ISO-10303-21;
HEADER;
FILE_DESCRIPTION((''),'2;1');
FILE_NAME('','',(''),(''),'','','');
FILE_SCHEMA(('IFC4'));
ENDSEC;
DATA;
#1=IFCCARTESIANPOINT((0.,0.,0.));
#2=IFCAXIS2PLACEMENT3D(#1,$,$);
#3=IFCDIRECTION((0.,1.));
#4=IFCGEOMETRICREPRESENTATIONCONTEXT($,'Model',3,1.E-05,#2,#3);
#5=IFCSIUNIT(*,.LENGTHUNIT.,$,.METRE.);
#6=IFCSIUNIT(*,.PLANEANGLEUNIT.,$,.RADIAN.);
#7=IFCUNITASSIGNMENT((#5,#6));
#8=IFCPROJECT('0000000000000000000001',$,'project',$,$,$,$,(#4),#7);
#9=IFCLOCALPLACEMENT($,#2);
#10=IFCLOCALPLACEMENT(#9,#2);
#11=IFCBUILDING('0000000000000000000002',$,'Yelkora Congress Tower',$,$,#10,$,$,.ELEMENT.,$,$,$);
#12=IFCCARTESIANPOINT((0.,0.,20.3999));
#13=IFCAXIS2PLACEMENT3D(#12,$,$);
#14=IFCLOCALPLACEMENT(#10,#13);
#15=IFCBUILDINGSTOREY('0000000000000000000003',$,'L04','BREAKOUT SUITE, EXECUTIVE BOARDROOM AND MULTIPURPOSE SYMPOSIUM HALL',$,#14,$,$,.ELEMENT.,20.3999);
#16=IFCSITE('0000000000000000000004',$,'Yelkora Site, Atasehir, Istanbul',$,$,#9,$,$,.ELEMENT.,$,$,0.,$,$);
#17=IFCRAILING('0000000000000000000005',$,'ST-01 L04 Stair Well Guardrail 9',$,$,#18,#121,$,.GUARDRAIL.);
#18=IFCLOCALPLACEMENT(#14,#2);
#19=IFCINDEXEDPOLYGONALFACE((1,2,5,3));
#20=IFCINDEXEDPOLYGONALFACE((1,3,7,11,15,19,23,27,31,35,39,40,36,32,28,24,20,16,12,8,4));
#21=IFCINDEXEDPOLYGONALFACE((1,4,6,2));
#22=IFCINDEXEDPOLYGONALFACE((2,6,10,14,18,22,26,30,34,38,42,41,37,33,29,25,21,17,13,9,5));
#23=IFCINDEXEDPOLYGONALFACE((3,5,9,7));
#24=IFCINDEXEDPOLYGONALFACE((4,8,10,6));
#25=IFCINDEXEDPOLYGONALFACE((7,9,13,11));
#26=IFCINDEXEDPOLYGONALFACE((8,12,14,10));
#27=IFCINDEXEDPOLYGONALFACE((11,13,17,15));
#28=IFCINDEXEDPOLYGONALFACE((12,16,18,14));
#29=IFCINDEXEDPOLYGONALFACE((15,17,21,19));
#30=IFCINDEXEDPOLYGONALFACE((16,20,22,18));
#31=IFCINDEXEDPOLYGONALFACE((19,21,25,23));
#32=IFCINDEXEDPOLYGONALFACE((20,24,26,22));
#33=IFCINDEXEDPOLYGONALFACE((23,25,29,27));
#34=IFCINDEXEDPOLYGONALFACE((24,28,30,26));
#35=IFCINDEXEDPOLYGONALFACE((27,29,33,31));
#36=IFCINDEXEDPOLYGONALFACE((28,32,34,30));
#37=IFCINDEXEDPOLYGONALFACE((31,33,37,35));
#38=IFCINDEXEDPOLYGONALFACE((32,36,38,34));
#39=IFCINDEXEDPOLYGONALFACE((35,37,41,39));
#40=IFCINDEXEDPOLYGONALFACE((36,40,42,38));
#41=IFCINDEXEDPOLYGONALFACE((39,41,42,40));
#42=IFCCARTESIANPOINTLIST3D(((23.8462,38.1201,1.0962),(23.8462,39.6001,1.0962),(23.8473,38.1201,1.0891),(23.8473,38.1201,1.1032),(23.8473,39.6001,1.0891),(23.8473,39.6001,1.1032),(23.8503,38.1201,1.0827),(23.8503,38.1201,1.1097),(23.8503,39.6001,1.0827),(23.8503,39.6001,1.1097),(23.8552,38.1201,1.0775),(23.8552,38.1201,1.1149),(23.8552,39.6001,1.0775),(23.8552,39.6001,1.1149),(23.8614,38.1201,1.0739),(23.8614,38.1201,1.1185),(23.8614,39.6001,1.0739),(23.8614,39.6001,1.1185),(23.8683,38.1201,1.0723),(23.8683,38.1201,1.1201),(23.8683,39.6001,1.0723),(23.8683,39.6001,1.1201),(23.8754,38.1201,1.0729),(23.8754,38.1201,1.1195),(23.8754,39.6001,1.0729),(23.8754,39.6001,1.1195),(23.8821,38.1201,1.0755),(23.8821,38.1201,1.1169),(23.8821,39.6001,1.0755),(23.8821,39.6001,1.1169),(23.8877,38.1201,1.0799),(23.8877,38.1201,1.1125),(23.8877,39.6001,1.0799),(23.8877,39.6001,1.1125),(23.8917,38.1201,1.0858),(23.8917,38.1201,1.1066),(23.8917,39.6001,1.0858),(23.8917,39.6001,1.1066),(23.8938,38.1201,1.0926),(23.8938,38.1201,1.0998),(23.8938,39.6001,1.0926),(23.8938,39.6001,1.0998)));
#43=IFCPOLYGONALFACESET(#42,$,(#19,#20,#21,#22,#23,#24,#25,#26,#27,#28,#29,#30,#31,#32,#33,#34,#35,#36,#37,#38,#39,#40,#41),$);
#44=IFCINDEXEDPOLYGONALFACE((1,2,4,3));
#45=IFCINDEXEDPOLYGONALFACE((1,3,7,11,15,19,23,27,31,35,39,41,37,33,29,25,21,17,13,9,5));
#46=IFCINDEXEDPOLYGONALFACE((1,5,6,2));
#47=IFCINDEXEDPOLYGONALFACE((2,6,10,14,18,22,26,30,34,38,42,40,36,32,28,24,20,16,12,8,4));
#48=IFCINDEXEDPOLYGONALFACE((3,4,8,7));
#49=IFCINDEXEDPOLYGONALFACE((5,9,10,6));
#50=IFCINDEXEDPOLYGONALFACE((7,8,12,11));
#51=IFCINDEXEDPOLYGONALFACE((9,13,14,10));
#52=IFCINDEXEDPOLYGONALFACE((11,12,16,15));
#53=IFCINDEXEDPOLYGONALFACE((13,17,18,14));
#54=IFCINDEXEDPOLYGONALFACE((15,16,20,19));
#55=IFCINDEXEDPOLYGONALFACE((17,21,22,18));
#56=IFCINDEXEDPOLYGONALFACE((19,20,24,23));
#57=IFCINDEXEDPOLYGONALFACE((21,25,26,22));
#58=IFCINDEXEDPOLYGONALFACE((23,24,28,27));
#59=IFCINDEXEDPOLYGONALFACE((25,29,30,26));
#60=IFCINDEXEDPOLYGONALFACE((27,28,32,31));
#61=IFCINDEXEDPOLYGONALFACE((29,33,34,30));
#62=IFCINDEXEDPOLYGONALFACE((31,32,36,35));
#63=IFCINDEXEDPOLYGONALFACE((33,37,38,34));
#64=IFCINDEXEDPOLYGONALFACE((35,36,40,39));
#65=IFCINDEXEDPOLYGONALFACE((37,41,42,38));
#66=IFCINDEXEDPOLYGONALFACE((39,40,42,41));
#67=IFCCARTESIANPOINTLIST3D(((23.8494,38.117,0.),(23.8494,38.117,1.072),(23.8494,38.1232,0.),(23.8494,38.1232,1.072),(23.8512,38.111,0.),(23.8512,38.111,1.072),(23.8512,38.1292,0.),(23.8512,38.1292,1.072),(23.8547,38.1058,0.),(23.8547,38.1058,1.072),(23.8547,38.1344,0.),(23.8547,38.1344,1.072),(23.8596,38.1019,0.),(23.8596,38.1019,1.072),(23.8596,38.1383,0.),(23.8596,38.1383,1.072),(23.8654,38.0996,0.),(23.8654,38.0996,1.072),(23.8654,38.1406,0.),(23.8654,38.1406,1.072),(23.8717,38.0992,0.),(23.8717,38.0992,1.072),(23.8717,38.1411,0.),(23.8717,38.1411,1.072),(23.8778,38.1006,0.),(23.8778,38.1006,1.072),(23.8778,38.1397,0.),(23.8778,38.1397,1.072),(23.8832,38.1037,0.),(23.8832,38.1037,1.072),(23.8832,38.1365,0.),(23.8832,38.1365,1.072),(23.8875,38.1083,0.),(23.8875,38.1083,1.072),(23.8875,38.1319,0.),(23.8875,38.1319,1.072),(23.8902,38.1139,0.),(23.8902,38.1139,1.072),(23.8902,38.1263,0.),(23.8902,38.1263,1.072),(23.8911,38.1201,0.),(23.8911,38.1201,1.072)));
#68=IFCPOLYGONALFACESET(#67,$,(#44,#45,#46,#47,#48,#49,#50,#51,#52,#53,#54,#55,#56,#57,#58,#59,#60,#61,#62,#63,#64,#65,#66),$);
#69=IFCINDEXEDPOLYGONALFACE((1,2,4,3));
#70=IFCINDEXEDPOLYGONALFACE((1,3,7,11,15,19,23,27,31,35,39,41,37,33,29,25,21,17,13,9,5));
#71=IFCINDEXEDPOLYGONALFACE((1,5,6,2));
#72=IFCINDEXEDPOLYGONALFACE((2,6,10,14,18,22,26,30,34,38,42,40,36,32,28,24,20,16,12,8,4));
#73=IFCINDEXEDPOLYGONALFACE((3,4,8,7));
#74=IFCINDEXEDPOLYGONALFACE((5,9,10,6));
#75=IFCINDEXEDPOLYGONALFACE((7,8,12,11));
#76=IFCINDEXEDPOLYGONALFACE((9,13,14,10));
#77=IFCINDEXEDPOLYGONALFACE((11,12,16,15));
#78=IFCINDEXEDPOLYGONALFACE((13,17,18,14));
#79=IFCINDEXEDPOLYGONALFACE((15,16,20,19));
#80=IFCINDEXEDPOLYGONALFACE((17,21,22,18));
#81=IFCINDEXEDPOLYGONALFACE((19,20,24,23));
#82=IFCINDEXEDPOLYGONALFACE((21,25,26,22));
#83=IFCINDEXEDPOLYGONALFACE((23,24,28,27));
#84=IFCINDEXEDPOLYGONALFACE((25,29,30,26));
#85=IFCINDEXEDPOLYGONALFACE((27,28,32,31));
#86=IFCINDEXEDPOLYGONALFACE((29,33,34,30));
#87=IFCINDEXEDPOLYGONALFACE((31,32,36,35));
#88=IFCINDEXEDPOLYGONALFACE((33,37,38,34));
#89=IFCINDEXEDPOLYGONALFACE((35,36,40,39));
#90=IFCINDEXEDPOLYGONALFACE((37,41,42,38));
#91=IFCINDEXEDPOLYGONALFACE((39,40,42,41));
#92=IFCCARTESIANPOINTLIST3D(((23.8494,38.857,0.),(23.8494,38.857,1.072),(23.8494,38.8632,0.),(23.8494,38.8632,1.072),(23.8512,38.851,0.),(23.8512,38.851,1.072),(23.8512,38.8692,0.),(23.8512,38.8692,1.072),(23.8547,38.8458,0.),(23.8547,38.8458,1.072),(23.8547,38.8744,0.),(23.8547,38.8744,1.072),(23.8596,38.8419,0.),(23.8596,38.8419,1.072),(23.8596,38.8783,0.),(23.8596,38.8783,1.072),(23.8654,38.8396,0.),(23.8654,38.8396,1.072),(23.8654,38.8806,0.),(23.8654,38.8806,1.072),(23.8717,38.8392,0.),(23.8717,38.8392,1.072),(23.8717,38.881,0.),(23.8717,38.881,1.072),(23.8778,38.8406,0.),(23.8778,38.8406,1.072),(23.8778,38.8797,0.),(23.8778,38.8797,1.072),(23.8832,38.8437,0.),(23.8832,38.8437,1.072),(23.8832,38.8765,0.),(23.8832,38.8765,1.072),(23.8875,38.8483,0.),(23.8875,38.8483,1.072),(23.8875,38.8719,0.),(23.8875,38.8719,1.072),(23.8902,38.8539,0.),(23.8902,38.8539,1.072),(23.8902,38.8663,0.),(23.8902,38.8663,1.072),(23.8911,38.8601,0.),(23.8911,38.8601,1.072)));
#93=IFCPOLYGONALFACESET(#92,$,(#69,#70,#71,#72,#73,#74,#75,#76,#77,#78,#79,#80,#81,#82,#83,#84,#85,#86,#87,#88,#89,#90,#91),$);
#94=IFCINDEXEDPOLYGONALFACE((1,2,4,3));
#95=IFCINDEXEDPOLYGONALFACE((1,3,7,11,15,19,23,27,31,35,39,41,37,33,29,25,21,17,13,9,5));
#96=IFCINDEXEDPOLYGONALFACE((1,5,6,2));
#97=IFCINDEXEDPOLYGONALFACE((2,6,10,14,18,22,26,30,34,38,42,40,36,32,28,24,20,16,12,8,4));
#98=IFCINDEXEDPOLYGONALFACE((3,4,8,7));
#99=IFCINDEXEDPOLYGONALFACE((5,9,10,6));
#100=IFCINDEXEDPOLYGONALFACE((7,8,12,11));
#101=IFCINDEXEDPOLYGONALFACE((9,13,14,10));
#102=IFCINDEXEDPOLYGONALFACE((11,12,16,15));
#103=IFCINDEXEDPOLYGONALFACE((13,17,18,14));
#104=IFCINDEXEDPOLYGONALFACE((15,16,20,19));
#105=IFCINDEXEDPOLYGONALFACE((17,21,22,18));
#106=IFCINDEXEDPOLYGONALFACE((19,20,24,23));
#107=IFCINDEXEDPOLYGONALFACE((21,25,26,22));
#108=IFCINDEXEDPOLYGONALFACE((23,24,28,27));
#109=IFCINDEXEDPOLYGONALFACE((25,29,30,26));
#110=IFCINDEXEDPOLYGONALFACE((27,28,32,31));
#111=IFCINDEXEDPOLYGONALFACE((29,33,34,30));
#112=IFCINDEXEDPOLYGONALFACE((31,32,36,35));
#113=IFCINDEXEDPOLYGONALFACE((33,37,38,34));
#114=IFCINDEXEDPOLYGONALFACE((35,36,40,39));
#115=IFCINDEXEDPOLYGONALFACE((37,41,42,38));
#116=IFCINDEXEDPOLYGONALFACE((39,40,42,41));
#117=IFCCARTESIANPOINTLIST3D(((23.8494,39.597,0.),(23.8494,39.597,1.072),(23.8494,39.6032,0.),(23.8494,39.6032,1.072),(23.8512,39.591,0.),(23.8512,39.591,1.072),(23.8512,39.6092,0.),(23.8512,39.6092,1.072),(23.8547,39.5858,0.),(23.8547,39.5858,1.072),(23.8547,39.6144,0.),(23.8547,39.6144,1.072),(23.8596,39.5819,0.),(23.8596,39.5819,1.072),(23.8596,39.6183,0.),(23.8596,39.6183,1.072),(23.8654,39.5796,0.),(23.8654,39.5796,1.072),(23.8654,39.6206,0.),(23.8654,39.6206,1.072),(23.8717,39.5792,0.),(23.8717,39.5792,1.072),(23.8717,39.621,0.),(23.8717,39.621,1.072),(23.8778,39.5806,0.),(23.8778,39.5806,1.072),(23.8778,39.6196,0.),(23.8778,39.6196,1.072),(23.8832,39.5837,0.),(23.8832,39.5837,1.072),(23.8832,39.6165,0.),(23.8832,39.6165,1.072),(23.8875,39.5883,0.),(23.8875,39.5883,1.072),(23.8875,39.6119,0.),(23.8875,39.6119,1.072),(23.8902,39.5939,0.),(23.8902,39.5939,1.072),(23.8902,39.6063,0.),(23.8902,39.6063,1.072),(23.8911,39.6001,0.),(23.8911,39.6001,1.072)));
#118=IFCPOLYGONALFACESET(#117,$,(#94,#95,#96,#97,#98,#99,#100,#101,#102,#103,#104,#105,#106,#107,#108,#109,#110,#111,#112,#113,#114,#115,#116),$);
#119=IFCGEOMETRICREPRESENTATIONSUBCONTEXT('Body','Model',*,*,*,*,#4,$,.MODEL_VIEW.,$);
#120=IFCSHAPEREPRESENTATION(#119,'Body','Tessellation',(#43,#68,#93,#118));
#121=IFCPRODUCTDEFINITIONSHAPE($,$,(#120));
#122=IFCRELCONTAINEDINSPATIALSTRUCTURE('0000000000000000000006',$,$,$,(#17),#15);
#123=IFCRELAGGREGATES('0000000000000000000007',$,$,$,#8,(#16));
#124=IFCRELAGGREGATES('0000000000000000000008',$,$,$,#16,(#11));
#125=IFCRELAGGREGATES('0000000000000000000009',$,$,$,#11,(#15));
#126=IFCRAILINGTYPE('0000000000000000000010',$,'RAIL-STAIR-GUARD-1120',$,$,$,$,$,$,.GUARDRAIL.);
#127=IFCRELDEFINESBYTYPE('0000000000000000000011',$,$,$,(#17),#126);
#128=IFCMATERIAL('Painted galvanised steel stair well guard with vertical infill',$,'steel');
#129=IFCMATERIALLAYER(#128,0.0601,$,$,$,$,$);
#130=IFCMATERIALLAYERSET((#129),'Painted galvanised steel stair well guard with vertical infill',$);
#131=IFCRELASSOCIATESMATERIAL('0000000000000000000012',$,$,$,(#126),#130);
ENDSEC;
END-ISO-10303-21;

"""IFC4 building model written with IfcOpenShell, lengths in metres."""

from ifc_helpers import new_model, si_unit, direction, frame, origin, origin_2d, place, context, subcontext, project, spatial, circle, extrude, material, layer, layer_set, type_object, element, save


model = new_model("IFC4")

# Units and contexts
model_context = context("Model", 3, precision=1e-05, world=origin(), true_north=direction((0.0, 1.0)))
body_context = subcontext(model_context, "Body", "Model", "MODEL_VIEW")
ifc_project = project(units=[si_unit("LENGTHUNIT", "METRE"), si_unit("PLANEANGLEUNIT", "RADIAN")], contexts=[model_context])

# Site, building, storey
site_placement = place(None, origin())
site = spatial("IfcSite", under=ifc_project, at=site_placement, Name="Yelkora Site, Atasehir, Istanbul", CompositionType="ELEMENT", RefElevation=0.0)
building_placement = place(site_placement, origin())
building = spatial("IfcBuilding", under=site, at=building_placement, Name="Yelkora Congress Tower", CompositionType="ELEMENT")
storey_placement = place(building_placement, frame((0.0, 0.0, 20.3999)))
storey = spatial("IfcBuildingStorey", under=building, at=storey_placement, Name="L04", Description="BREAKOUT SUITE, EXECUTIVE BOARDROOM AND MULTIPURPOSE SYMPOSIUM HALL", CompositionType="ELEMENT", Elevation=20.3999)

# Railing
ifc_material_1 = material(Name="Painted galvanised steel stair well guard with vertical infill", Category="steel")
ifc_layer_1 = layer(ifc_material_1, 0.0601)
ifc_layer_set_1 = layer_set([ifc_layer_1], Name="Painted galvanised steel stair well guard with vertical infill")
railing_type = type_object("IfcRailingType", Name="RAIL-STAIR-GUARD-1120", PredefinedType="GUARDRAIL", material=ifc_layer_set_1)
for number, where, name in (
    (1, (23.8701, 38.1201, 0.0), "ST-01 L04 Stair Well Guardrail 9"),
):
    element("IfcRailing", number, at=place(storey_placement, frame(where)), inside=storey, type_object=railing_type, Name=name, PredefinedType="GUARDRAIL", context=body_context, shape_type="SweptSolid", body=[
        extrude(circle(Radius=0.0239, at=origin_2d()), frame((0.0, 0.0, 1.0962), z_axis=(0.0, 1.0, 0.0), x_axis=(-1.0, 0.0, 0.0)), (0.0, 0.0, 1.0), 1.48),
        extrude(circle(Radius=0.021, at=origin_2d()), origin(), (0.0, 0.0, 1.0), 1.072),
        extrude(circle(Radius=0.021, at=origin_2d()), frame((0.0, 0.74, 0.0)), (0.0, 0.0, 1.0), 1.072),
        extrude(circle(Radius=0.021, at=origin_2d()), frame((0.0, 1.48, 0.0)), (0.0, 0.0, 1.0), 1.072),
    ])

save(model, "model.ifc")
